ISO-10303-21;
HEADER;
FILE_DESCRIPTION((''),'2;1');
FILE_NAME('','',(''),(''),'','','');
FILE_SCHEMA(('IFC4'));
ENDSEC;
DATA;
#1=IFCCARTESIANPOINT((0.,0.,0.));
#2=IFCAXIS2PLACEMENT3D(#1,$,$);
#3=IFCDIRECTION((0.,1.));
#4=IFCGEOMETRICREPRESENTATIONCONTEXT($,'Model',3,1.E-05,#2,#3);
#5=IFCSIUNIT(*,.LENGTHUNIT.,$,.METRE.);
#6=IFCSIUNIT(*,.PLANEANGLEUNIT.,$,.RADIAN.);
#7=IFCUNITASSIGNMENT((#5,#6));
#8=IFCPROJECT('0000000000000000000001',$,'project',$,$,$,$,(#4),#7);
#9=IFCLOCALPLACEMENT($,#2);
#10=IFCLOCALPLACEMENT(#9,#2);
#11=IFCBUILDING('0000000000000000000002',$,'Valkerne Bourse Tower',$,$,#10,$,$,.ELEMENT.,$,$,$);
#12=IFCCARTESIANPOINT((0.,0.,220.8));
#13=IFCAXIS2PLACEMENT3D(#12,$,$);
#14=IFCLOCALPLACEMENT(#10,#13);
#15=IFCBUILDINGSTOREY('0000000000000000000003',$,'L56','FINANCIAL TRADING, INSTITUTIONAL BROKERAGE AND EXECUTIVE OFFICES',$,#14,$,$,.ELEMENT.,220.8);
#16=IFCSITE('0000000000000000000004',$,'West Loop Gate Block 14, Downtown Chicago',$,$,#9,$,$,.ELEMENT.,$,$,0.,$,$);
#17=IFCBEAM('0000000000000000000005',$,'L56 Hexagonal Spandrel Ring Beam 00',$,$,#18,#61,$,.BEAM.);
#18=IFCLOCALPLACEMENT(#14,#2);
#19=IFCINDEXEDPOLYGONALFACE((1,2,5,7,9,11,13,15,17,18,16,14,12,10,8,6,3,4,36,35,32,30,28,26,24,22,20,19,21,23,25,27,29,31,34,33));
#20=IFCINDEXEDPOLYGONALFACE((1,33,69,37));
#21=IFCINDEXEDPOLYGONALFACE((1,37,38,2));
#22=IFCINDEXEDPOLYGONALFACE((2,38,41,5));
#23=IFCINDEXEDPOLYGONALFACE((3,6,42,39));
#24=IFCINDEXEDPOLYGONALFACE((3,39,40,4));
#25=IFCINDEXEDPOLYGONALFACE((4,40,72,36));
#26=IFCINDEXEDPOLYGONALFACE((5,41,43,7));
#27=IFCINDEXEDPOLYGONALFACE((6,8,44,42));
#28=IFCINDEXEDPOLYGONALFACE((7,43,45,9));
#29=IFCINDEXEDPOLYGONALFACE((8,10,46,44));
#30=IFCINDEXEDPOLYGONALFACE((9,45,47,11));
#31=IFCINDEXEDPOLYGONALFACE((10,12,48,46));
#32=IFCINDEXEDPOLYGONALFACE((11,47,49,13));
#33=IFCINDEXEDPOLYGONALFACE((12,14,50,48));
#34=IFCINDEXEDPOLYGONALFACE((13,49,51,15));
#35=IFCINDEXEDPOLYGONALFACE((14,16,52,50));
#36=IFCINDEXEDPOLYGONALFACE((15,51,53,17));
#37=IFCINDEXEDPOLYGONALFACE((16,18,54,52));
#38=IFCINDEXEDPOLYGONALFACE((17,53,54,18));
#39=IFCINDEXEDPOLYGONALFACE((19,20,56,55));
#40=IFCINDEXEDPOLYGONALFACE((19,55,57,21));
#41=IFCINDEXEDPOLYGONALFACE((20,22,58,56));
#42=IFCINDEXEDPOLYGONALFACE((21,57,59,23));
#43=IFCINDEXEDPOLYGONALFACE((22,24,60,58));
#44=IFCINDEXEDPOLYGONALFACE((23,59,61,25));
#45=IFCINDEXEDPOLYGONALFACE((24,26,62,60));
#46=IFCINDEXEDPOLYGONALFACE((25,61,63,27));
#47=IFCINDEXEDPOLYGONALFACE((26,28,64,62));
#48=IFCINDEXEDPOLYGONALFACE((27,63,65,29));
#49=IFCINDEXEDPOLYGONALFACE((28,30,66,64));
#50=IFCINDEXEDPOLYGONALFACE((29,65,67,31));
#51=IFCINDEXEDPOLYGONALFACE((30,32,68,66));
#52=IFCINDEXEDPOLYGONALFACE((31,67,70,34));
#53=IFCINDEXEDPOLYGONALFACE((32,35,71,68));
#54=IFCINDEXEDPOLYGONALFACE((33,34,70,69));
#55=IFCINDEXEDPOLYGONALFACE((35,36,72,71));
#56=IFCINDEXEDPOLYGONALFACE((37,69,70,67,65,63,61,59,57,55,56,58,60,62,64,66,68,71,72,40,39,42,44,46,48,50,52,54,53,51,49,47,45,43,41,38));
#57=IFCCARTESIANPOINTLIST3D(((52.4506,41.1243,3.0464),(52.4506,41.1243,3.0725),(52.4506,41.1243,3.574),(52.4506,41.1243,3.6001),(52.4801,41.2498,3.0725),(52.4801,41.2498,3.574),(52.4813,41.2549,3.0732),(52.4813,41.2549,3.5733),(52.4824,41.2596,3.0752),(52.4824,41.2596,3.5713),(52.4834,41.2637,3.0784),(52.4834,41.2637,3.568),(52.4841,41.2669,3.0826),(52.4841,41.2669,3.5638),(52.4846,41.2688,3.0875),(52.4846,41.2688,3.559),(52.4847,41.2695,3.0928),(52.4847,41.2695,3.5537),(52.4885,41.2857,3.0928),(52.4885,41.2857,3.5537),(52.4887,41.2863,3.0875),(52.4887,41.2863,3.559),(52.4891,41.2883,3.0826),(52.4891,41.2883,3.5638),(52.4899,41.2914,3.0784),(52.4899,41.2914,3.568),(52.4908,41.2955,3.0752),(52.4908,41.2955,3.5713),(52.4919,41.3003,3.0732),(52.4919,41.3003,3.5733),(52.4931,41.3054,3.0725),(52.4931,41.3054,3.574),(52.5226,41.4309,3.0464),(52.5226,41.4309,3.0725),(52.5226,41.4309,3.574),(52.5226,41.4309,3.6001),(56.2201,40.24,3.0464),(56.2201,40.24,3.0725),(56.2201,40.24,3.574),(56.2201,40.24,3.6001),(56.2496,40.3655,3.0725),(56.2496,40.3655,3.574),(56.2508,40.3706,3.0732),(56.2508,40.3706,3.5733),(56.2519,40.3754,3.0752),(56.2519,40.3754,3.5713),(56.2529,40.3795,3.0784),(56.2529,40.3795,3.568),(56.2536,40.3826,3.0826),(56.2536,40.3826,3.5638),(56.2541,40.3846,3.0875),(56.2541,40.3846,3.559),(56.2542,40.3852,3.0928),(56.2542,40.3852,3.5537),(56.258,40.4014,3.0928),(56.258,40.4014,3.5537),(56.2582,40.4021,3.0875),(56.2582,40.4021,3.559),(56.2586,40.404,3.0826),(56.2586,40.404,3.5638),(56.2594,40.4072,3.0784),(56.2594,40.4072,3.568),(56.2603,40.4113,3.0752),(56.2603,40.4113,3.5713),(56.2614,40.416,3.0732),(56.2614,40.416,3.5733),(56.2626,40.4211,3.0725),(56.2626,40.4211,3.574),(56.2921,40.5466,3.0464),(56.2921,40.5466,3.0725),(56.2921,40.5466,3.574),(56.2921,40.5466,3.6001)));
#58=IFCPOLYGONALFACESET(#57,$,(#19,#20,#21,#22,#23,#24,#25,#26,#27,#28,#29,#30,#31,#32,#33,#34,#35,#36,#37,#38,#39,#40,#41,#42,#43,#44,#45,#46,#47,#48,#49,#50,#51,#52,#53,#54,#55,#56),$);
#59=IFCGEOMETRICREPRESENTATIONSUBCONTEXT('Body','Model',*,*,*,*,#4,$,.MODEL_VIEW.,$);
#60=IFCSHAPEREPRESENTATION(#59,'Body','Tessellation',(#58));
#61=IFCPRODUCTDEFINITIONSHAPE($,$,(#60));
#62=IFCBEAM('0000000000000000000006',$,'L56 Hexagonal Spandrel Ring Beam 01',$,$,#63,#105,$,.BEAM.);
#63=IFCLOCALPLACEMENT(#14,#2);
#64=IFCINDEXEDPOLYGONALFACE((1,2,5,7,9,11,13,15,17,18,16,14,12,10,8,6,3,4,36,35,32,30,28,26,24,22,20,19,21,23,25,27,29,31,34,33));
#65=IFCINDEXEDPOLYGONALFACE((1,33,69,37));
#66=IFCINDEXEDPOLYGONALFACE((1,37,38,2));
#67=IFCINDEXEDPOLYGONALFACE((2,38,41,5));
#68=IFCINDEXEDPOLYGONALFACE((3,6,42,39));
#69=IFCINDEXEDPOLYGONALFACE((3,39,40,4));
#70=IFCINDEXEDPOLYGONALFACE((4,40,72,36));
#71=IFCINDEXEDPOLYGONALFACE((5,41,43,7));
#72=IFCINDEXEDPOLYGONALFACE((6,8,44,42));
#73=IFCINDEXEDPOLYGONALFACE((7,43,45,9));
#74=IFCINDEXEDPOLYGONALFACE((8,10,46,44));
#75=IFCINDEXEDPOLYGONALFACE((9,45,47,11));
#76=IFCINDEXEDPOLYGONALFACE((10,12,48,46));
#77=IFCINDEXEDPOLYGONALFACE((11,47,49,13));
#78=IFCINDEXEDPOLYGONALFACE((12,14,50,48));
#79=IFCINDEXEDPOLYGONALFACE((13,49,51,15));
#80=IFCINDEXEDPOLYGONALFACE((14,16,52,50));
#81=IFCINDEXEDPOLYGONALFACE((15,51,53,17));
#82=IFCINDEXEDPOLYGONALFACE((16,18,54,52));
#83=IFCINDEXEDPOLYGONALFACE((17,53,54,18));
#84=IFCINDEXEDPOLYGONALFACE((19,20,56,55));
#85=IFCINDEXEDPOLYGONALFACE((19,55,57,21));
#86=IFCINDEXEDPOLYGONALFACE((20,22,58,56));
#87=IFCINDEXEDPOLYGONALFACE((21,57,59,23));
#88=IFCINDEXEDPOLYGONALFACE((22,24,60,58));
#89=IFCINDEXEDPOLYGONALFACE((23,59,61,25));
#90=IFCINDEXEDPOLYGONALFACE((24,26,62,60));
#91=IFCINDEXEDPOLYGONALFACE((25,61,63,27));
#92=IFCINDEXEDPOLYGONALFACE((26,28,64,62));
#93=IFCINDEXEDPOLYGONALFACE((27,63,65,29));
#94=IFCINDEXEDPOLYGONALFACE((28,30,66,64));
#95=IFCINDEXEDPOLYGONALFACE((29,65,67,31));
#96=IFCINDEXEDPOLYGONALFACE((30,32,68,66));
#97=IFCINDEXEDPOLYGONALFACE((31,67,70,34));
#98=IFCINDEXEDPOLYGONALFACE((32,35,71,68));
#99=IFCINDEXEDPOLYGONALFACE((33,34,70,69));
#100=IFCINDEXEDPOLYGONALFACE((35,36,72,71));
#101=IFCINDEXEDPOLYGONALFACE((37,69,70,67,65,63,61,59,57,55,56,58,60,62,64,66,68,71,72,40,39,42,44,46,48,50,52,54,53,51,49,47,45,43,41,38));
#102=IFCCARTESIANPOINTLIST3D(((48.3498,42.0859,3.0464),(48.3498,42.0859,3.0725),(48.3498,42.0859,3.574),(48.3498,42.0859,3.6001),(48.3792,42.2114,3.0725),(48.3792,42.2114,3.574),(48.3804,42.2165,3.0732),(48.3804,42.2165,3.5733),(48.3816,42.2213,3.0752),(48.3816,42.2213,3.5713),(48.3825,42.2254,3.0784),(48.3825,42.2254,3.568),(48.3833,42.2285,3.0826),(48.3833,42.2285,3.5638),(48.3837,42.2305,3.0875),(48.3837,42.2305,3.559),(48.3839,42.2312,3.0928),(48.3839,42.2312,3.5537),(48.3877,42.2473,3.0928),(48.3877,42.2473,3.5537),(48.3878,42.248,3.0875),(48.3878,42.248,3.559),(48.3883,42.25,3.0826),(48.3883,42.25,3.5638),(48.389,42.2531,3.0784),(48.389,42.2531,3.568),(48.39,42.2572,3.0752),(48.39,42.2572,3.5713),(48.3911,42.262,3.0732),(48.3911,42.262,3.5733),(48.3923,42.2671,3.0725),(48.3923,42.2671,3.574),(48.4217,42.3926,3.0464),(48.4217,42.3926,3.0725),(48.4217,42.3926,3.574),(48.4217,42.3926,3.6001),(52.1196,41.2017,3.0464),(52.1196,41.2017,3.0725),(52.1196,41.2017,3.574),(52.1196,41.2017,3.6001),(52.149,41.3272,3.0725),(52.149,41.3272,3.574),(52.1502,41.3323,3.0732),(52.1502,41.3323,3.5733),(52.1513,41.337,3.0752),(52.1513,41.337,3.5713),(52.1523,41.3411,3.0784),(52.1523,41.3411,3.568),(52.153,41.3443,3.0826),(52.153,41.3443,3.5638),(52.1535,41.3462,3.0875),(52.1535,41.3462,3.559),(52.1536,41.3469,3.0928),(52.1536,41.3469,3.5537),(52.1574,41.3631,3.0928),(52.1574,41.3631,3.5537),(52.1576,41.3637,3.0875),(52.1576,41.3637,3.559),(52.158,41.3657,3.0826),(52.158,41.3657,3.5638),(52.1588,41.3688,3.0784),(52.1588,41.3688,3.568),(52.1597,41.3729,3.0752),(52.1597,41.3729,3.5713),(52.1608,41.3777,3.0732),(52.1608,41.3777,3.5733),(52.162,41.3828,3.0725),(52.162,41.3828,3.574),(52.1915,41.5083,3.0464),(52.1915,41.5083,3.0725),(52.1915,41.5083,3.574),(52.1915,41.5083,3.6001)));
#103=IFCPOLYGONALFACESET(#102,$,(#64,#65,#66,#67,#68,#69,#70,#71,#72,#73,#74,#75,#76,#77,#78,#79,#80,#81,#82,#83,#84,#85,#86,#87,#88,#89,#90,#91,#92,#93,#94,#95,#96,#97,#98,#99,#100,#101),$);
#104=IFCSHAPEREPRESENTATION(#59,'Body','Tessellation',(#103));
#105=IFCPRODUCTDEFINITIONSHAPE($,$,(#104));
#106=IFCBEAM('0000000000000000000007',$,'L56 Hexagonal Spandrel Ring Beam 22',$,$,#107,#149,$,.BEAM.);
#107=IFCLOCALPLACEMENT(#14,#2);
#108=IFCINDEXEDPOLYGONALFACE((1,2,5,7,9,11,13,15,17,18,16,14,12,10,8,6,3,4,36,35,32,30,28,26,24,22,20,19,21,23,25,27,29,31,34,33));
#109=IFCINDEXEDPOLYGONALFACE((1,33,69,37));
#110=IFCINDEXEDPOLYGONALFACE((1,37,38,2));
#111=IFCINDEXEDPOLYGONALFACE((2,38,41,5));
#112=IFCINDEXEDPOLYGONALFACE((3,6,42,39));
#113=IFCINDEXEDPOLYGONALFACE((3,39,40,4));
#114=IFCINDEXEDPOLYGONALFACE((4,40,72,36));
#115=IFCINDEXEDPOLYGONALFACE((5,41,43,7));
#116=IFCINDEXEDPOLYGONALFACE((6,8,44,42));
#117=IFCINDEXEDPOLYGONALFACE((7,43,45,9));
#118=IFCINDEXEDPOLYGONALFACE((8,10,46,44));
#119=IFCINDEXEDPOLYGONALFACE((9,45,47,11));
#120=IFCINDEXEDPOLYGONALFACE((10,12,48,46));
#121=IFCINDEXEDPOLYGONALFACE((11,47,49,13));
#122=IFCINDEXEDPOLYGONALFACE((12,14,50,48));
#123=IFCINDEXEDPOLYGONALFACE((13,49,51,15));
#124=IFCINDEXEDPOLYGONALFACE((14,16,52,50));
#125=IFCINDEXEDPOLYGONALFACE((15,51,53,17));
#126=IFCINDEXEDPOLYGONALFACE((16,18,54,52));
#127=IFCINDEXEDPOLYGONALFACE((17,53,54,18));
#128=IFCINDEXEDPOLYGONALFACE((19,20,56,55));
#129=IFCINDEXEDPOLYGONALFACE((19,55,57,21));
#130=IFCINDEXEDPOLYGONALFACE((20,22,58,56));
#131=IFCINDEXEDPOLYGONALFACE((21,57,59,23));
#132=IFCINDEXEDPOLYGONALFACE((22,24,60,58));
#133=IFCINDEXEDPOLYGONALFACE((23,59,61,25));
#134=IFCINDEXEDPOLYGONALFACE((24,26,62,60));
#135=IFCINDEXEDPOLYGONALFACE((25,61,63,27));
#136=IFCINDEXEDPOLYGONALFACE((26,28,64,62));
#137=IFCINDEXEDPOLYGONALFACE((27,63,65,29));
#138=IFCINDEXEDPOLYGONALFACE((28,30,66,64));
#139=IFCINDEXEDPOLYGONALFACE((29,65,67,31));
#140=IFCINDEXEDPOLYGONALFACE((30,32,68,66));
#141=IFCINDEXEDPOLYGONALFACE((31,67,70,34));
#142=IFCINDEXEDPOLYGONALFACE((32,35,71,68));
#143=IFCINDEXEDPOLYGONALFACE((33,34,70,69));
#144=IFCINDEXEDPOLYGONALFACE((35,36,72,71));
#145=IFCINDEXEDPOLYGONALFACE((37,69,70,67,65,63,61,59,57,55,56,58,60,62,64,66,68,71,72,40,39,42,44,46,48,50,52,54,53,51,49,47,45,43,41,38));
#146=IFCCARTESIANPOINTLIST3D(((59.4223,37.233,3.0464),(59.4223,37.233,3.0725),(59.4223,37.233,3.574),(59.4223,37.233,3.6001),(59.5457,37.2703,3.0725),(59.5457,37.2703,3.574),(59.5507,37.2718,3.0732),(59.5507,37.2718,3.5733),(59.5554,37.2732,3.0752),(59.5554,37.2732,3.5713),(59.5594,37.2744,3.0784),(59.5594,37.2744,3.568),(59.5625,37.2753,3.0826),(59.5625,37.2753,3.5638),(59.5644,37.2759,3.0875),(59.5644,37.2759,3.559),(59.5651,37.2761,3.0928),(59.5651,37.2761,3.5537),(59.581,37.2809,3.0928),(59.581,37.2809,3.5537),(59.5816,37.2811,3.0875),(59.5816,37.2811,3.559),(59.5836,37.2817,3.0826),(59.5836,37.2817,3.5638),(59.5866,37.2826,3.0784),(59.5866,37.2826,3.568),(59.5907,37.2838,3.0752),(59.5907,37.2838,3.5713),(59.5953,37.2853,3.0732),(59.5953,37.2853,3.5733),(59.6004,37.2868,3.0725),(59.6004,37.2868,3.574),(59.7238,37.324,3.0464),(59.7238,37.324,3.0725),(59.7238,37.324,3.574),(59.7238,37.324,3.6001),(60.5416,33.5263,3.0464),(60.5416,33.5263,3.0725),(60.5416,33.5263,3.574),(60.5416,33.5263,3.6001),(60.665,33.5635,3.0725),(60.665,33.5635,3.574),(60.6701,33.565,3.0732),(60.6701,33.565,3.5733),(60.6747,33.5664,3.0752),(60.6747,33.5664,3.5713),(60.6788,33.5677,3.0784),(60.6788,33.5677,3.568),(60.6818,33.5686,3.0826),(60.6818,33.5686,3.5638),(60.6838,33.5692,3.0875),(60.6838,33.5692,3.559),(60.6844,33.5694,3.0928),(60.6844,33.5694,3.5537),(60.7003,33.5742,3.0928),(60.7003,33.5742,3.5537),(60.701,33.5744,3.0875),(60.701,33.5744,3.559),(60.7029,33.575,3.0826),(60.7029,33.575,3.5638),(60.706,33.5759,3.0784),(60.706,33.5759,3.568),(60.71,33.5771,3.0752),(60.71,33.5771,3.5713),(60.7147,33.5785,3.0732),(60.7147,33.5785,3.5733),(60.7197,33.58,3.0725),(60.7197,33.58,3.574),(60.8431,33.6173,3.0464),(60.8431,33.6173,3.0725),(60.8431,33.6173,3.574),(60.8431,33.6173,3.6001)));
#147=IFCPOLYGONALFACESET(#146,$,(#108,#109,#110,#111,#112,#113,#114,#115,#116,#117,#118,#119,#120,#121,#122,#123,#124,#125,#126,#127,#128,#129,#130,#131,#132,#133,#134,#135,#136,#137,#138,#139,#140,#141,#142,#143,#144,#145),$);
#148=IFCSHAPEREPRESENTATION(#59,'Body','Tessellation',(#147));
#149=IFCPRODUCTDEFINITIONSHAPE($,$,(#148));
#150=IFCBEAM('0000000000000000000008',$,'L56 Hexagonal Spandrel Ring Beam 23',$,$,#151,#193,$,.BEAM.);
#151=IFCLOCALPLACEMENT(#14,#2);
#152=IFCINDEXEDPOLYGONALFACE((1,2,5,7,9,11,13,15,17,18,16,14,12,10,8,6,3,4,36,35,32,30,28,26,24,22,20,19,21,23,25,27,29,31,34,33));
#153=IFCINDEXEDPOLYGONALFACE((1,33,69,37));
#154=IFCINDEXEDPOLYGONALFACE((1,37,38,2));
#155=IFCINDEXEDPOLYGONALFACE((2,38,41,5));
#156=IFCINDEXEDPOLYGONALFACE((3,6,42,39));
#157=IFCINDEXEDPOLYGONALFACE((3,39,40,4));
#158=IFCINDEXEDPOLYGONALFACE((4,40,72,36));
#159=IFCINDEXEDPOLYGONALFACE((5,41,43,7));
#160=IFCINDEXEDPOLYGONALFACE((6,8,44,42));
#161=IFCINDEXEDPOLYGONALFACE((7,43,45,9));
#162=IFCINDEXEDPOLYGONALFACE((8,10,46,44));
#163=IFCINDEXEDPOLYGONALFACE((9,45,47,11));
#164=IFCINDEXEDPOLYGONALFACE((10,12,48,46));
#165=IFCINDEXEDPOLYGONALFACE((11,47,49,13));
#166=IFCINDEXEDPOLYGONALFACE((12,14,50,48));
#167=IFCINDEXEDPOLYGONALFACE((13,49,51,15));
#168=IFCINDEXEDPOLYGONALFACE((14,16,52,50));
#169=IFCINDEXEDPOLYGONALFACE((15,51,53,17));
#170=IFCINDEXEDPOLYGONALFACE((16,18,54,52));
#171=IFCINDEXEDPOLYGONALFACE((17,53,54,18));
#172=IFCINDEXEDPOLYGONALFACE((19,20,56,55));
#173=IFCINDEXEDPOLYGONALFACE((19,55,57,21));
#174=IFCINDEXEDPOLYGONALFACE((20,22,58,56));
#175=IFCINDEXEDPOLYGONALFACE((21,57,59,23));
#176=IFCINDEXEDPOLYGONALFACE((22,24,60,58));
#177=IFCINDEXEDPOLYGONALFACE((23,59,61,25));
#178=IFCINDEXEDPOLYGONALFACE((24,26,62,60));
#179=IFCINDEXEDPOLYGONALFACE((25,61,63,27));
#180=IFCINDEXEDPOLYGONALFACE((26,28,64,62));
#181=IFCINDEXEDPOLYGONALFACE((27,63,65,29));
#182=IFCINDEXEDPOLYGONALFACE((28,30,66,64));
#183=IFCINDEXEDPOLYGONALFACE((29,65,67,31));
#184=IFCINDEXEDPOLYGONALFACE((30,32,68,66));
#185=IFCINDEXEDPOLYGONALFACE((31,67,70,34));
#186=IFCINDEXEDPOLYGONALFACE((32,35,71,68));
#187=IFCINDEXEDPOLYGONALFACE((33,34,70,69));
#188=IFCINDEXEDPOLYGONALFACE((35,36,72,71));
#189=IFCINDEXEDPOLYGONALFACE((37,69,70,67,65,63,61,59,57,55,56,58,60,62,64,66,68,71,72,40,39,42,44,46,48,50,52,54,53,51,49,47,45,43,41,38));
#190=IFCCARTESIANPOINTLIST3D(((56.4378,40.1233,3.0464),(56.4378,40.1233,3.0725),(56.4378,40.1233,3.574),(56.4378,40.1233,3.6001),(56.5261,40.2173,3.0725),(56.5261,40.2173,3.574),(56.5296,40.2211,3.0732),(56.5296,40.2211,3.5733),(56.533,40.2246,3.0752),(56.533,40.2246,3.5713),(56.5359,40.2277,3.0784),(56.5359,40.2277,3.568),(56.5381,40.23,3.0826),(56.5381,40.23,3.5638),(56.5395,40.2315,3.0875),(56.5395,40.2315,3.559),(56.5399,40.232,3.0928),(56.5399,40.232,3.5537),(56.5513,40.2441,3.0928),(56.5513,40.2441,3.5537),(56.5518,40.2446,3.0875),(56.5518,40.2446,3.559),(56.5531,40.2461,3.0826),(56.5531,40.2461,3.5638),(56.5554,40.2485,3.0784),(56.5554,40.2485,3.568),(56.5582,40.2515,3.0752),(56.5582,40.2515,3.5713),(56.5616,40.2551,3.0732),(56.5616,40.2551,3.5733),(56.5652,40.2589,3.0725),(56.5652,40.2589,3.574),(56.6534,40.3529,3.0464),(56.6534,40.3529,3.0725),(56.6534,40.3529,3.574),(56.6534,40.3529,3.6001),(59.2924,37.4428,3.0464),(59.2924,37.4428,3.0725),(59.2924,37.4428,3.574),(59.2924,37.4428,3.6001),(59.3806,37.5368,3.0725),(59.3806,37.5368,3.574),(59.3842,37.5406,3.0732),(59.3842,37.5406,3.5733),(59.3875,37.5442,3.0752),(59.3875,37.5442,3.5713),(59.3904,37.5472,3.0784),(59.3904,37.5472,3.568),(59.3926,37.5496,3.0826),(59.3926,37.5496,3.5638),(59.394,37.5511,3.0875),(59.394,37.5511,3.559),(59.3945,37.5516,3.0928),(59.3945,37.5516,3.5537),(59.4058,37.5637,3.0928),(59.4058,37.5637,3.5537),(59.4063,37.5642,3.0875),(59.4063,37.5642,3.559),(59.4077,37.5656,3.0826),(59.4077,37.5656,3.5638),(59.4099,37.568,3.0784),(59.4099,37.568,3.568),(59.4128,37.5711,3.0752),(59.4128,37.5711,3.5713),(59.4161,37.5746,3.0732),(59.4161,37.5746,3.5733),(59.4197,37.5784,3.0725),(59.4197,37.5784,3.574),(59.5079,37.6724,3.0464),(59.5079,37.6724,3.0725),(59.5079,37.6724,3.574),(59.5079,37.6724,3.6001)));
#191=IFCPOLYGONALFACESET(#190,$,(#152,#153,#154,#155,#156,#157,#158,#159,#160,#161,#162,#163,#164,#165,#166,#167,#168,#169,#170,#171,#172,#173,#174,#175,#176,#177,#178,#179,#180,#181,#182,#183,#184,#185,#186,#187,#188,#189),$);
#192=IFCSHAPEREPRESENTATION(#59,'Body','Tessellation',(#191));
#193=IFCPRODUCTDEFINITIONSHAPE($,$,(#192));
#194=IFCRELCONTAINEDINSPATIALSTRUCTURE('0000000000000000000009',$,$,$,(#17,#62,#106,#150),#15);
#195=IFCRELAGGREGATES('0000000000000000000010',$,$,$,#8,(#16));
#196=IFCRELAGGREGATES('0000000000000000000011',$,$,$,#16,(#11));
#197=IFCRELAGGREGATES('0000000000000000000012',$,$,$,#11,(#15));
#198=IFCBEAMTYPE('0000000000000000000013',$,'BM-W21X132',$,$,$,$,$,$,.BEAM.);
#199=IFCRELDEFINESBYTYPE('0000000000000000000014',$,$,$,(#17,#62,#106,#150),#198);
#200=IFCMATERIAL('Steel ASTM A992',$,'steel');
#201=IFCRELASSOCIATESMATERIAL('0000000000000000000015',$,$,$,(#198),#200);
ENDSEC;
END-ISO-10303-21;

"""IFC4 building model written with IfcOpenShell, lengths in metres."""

from ifc_helpers import new_model, si_unit, direction, frame, origin, origin_2d, place, context, subcontext, project, spatial, i_section, extrude, material, material_profile, profile_set, type_object, element, save


model = new_model("IFC4")

# Units and contexts
model_context = context("Model", 3, precision=1e-05, world=origin(), true_north=direction((0.0, 1.0)))
body_context = subcontext(model_context, "Body", "Model", "MODEL_VIEW")
ifc_project = project(units=[si_unit("LENGTHUNIT", "METRE"), si_unit("PLANEANGLEUNIT", "RADIAN")], contexts=[model_context])

# Site, building, storey
site_placement = place(None, origin())
site = spatial("IfcSite", under=ifc_project, at=site_placement, Name="West Loop Gate Block 14, Downtown Chicago", CompositionType="ELEMENT", RefElevation=0.0)
building_placement = place(site_placement, origin())
building = spatial("IfcBuilding", under=site, at=building_placement, Name="Valkerne Bourse Tower", CompositionType="ELEMENT")
storey_placement = place(building_placement, frame((0.0, 0.0, 220.8)))
storey = spatial("IfcBuildingStorey", under=building, at=storey_placement, Name="L56", Description="FINANCIAL TRADING, INSTITUTIONAL BROKERAGE AND EXECUTIVE OFFICES", CompositionType="ELEMENT", Elevation=220.8)

# Beams
ifc_material_1 = material(Name="Steel ASTM A992", Category="steel")
ifc_material_profile_1 = material_profile(ifc_material_1, i_section(OverallWidth=0.3149, OverallDepth=0.5537, WebThickness=0.0166, FlangeThickness=0.0261, FilletRadius=0.0203, at=origin_2d()), Name="W21X132")
ifc_profile_set_1 = profile_set([ifc_material_profile_1], Name="Steel ASTM A992")
beam_type = type_object("IfcBeamType", Name="BM-W21X132", PredefinedType="BEAM", material=ifc_profile_set_1)
beam_1_placement = place(storey_placement, frame((56.2561, 40.3933, 3.3232), z_axis=(-0.973571, 0.228386, 0.0), x_axis=(-0.228386, -0.973571, 0.0)))
element("IfcBeam", 1, at=beam_1_placement, inside=storey, type_object=beam_type, Name="L56 Hexagonal Spandrel Ring Beam 00", PredefinedType="BEAM", context=body_context, shape_type="SweptSolid", body=[
    extrude(i_section(OverallWidth=0.3149, OverallDepth=0.5537, WebThickness=0.0166, FlangeThickness=0.0261, FilletRadius=0.0203, at=origin_2d()), origin(), (0.0, 0.0, 1.0), 3.8718),
])
for number, where, z_axis, x_axis, name in (
    (2, (52.1555, 41.355, 3.3232), (-0.973574, 0.228372, 0.0), (-0.228372, -0.973574, 0.0), "L56 Hexagonal Spandrel Ring Beam 01"),
    (3, (60.6924, 33.5718, 3.3232), (-0.289089, 0.957302, 0.0), (-0.957302, -0.289089, 0.0), "L56 Hexagonal Spandrel Ring Beam 22"),
):
    element("IfcBeam", number, at=place(storey_placement, frame(where, z_axis=z_axis, x_axis=x_axis)), inside=storey, type_object=beam_type, Name=name, PredefinedType="BEAM", context=body_context, shape_type="SweptSolid", body=[
        extrude(i_section(OverallWidth=0.3149, OverallDepth=0.5537, WebThickness=0.0166, FlangeThickness=0.0261, FilletRadius=0.0203, at=origin_2d()), origin(), (0.0, 0.0, 1.0), 3.8721),
    ])
beam_2_placement = place(storey_placement, frame((59.4001, 37.5576, 3.3232), z_axis=(-0.728985, 0.68453, 0.0), x_axis=(-0.68453, -0.728985, 0.0)))
element("IfcBeam", 4, at=beam_2_placement, inside=storey, type_object=beam_type, Name="L56 Hexagonal Spandrel Ring Beam 23", PredefinedType="BEAM", context=body_context, shape_type="SweptSolid", body=[
    extrude(i_section(OverallWidth=0.3149, OverallDepth=0.5537, WebThickness=0.0166, FlangeThickness=0.0261, FilletRadius=0.0203, at=origin_2d()), origin(), (0.0, 0.0, 1.0), 3.9158),
])

save(model, "model.ifc")
